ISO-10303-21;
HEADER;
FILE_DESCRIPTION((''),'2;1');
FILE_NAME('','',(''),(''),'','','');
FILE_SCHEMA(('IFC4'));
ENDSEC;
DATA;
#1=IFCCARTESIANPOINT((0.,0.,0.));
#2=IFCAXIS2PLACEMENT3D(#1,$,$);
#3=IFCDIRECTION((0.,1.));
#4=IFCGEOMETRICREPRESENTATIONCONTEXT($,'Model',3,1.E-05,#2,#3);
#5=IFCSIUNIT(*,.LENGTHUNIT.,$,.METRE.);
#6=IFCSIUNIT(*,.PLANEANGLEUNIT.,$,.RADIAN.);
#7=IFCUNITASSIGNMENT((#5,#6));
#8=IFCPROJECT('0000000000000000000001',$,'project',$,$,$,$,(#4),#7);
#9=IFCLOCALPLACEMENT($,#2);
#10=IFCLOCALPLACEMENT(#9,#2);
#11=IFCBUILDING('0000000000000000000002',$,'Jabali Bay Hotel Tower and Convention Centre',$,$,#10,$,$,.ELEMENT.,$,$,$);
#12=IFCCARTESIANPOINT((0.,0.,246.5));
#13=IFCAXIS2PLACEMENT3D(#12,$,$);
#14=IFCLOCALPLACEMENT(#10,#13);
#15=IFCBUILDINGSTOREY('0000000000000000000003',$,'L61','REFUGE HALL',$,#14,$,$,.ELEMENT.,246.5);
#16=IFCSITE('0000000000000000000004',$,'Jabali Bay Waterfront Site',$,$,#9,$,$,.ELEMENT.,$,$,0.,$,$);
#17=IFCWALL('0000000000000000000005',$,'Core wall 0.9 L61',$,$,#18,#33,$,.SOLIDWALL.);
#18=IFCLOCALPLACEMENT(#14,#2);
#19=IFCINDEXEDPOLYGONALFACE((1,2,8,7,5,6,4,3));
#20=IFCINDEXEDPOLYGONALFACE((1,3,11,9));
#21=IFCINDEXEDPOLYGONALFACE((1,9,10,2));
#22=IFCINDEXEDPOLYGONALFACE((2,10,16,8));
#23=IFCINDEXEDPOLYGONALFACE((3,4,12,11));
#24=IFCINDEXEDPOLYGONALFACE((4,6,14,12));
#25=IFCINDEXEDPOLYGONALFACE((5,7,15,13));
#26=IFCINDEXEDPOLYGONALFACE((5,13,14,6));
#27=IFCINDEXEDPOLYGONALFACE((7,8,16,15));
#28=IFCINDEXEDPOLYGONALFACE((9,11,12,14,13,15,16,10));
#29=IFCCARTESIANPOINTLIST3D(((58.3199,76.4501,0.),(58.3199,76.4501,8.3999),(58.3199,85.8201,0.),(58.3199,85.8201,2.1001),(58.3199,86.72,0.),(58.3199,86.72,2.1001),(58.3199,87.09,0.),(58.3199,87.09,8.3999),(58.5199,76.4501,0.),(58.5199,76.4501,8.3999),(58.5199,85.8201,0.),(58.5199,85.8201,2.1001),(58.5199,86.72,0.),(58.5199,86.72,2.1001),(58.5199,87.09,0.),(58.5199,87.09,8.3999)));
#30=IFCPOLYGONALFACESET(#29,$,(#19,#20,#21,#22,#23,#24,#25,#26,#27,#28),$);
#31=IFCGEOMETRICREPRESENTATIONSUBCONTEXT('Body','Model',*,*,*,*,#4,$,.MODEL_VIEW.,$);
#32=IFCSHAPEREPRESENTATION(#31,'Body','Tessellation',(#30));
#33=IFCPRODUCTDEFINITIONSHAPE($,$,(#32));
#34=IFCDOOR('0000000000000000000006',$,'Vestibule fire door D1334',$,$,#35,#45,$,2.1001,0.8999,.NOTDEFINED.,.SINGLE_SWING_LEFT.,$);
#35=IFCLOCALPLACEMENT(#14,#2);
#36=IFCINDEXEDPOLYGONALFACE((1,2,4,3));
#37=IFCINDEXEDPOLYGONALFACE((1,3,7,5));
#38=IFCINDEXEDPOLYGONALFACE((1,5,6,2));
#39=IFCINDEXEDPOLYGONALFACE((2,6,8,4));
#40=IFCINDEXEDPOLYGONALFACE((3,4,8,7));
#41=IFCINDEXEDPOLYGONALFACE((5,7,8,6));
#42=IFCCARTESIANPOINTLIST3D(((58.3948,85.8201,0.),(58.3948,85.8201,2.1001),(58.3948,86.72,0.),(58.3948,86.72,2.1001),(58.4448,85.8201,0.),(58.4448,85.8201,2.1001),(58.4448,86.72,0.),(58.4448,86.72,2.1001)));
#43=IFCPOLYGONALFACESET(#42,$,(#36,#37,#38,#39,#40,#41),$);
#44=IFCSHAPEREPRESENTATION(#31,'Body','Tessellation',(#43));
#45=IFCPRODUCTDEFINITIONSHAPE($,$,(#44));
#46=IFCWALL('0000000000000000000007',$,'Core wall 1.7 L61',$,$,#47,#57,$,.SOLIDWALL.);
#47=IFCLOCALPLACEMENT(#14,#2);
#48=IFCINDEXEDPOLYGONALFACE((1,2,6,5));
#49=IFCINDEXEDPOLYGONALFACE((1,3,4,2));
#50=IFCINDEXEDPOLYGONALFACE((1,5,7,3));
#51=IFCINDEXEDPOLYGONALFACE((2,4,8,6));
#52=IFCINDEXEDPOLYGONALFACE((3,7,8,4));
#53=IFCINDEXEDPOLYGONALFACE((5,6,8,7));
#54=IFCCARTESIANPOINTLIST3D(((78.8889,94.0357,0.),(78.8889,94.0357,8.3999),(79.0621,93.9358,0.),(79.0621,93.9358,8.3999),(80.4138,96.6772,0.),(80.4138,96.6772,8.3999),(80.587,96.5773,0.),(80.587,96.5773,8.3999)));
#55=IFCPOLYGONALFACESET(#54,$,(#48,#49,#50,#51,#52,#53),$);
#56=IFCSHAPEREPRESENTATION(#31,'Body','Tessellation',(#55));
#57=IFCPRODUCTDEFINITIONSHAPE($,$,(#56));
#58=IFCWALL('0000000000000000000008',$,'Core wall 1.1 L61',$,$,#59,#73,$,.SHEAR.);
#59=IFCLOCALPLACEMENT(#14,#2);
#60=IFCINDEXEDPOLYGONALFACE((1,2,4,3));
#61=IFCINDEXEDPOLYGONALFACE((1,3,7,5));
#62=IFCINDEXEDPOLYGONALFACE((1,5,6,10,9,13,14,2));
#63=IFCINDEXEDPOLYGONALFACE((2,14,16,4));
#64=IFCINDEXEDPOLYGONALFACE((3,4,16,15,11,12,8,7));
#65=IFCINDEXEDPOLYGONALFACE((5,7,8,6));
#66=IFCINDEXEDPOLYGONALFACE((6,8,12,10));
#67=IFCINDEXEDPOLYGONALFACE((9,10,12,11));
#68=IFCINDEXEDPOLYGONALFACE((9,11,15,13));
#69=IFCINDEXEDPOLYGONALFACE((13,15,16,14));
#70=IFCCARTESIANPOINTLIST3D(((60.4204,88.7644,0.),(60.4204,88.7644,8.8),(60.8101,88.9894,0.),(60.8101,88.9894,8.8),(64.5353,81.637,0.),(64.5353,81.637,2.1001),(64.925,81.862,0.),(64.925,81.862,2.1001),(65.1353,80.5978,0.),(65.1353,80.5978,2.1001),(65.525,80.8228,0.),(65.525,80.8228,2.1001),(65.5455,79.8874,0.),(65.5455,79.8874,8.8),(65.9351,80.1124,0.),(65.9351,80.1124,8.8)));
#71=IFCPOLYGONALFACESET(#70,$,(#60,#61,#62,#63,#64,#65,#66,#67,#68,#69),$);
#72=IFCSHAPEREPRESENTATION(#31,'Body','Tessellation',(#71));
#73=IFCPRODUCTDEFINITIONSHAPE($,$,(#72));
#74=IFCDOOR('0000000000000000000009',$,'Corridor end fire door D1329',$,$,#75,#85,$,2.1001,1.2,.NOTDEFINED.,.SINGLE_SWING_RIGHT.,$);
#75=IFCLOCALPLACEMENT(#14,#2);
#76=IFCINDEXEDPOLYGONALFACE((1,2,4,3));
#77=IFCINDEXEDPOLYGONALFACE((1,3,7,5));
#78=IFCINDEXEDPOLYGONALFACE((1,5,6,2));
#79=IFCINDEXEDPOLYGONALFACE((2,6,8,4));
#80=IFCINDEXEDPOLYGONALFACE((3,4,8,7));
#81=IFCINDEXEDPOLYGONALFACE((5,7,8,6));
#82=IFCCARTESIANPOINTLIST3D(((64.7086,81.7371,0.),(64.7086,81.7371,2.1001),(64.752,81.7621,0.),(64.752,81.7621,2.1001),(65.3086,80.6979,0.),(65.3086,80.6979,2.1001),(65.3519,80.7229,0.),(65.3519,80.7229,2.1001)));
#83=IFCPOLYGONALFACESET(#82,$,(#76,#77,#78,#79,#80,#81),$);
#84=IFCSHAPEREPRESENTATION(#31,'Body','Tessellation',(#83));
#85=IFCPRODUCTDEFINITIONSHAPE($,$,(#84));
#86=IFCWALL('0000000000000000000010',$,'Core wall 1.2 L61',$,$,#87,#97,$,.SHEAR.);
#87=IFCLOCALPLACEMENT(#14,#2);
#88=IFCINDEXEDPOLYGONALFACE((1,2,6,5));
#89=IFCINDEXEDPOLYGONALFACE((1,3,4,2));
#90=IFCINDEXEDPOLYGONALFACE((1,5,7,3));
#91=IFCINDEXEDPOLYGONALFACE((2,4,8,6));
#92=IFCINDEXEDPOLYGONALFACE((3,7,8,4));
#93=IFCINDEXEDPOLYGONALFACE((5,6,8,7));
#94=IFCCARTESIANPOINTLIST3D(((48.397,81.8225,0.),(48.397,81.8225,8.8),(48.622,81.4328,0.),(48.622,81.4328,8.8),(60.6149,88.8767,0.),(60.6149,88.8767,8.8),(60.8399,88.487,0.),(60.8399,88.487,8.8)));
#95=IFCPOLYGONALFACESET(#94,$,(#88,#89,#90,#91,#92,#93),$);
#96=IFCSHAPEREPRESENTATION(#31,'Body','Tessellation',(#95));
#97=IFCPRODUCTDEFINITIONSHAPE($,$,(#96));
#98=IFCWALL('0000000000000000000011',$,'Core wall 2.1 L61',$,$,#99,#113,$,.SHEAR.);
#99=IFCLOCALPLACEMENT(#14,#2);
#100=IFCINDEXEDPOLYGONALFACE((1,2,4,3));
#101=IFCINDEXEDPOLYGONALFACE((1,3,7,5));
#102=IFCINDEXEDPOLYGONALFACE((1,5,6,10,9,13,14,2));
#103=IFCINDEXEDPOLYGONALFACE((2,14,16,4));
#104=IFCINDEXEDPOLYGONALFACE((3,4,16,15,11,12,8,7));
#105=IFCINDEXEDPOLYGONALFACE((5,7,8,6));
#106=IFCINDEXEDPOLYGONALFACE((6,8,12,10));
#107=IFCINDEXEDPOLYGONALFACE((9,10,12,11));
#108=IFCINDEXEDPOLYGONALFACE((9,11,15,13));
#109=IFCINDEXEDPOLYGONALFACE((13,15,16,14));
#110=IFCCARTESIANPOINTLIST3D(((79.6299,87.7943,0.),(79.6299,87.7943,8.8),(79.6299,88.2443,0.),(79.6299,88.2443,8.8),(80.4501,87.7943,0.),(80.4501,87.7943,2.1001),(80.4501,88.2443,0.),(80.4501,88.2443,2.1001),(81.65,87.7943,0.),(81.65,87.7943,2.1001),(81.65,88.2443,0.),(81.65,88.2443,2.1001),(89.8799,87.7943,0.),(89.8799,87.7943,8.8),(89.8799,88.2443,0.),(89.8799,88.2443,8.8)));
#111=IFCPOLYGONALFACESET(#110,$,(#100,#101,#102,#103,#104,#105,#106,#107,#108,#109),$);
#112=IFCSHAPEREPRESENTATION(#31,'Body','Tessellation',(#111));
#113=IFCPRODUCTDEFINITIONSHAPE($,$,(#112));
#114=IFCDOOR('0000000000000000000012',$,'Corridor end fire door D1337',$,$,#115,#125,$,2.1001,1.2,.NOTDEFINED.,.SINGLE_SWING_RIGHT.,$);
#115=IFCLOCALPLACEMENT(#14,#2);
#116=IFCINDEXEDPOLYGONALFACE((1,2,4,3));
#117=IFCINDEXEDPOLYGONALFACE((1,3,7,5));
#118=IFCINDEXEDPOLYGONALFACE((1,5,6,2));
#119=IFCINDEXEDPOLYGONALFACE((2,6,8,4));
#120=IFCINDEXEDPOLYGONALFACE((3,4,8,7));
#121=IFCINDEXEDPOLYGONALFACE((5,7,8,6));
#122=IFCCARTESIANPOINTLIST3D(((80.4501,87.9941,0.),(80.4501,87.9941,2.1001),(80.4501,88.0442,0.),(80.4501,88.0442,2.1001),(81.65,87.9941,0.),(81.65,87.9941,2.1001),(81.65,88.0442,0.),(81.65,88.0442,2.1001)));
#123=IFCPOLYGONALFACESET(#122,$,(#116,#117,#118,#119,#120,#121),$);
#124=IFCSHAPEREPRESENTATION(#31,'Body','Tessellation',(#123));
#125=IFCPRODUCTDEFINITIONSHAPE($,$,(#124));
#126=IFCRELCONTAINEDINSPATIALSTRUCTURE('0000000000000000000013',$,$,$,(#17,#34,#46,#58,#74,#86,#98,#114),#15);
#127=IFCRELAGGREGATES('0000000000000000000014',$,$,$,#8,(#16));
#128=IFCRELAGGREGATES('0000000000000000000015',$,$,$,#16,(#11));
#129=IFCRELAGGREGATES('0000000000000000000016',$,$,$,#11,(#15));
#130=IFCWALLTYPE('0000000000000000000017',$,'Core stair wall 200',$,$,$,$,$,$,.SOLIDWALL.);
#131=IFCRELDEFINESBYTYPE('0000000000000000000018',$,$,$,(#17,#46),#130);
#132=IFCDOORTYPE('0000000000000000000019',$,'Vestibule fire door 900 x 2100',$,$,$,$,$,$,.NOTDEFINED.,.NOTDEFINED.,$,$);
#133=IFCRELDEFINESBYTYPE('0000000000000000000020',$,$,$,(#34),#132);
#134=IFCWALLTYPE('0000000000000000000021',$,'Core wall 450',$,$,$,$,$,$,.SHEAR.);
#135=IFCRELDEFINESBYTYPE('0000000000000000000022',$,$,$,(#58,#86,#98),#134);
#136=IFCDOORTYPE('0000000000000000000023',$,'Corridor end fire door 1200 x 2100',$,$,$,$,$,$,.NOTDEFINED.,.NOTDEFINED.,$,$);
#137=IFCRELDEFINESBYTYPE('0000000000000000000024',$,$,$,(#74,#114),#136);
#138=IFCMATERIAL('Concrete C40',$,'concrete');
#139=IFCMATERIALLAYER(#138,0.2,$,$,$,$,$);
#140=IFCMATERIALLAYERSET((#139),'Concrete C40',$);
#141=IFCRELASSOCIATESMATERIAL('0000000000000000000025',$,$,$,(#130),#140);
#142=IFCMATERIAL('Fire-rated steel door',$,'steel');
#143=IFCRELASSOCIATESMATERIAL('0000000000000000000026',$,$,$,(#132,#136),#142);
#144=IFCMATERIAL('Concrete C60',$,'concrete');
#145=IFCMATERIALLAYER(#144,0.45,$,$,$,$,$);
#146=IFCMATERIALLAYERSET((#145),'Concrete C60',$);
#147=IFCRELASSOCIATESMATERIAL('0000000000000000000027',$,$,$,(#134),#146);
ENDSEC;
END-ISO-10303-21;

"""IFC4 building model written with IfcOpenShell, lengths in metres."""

from ifc_helpers import new_model, si_unit, direction, frame, frame_2d, origin, place, context, subcontext, project, spatial, rectangle, extrude, material, layer, layer_set, type_object, element, fill, save


model = new_model("IFC4")

# Units and contexts
model_context = context("Model", 3, precision=1e-05, world=origin(), true_north=direction((0.0, 1.0)))
body_context = subcontext(model_context, "Body", "Model", "MODEL_VIEW")
ifc_project = project(units=[si_unit("LENGTHUNIT", "METRE"), si_unit("PLANEANGLEUNIT", "RADIAN")], contexts=[model_context])

# Site, building, storey
site_placement = place(None, origin())
site = spatial("IfcSite", under=ifc_project, at=site_placement, Name="Jabali Bay Waterfront Site", CompositionType="ELEMENT", RefElevation=0.0)
building_placement = place(site_placement, origin())
building = spatial("IfcBuilding", under=site, at=building_placement, Name="Jabali Bay Hotel Tower and Convention Centre", CompositionType="ELEMENT")
storey_placement = place(building_placement, frame((0.0, 0.0, 246.5)))
storey = spatial("IfcBuildingStorey", under=building, at=storey_placement, Name="L61", Description="REFUGE HALL", CompositionType="ELEMENT", Elevation=246.5)

# Shared definitions
ifc_material_1 = material(Name="Concrete C40", Category="concrete")
ifc_layer_1 = layer(ifc_material_1, 0.2)
ifc_layer_set_1 = layer_set([ifc_layer_1], Name="Concrete C40")
wall_type_1 = type_object("IfcWallType", Name="Core stair wall 200", PredefinedType="SOLIDWALL", material=ifc_layer_set_1)

# Shared definitions
ifc_material_2 = material(Name="Fire-rated steel door", Category="steel")

# Wall, opening, door
wall_1_placement = place(storey_placement, frame((58.4199, 87.0898, 0.0), z_axis=(0.0, 0.0, 1.0), x_axis=(0.0, -1.0, 0.0)))
wall_1 = element("IfcWall", 1, at=wall_1_placement, inside=storey, type_object=wall_type_1, Name="Core wall 0.9 L61", PredefinedType="SOLIDWALL", context=body_context, shape_type="SweptSolid", body=[
    extrude(rectangle(XDim=10.6399, YDim=0.2, at=frame_2d((5.3198, 0.0))), origin(), (0.0, 0.0, 1.0), 8.3999),
])
opening_1_placement = place(wall_1_placement, frame((0.3699, 0.0, 0.0)))
opening_1 = element("IfcOpeningElement", 2, at=opening_1_placement, cuts=wall_1, PredefinedType="OPENING", context=body_context, shape_type="SweptSolid", body=[
    extrude(rectangle(XDim=0.8999, YDim=2.1001, at=frame_2d((0.45, 1.05))), frame((0.0, 0.1104, 0.0), z_axis=(0.0, -1.0, 0.0), x_axis=(1.0, 0.0, 0.0)), (0.0, 0.0, 1.0), 0.2209),
])
door_type_1 = type_object("IfcDoorType", Name="Vestibule fire door 900 x 2100", OperationType="NOTDEFINED", PredefinedType="NOTDEFINED", material=ifc_material_2)
door_1_placement = place(opening_1_placement, origin())
door_1 = element("IfcDoor", 3, at=door_1_placement, inside=storey, type_object=door_type_1, Name="Vestibule fire door D1334", OperationType="SINGLE_SWING_LEFT", OverallHeight=2.1001, OverallWidth=0.8999, PredefinedType="NOTDEFINED", context=body_context, shape_type="SweptSolid", body=[
    extrude(rectangle(XDim=0.8999, YDim=2.1001, at=frame_2d((0.45, 1.05))), frame((0.0, 0.0249, 0.0), z_axis=(0.0, -1.0, 0.0), x_axis=(1.0, 0.0, 0.0)), (0.0, 0.0, 1.0), 0.05),
])
fill(opening_1, door_1)

# Wall
wall_2_placement = place(storey_placement, frame((78.9756, 93.9858, 0.0), z_axis=(0.0, 0.0, 1.0), x_axis=(0.499944, 0.866058, 0.0)))
element("IfcWall", 4, at=wall_2_placement, inside=storey, type_object=wall_type_1, Name="Core wall 1.7 L61", PredefinedType="SOLIDWALL", context=body_context, shape_type="SweptSolid", body=[
    extrude(rectangle(XDim=3.05, YDim=0.2, at=frame_2d((1.5249, 0.0))), origin(), (0.0, 0.0, 1.0), 8.3999),
])

# Wall, opening, door
ifc_material_3 = material(Name="Concrete C60", Category="concrete")
ifc_layer_2 = layer(ifc_material_3, 0.45)
ifc_layer_set_2 = layer_set([ifc_layer_2], Name="Concrete C60")
wall_type_2 = type_object("IfcWallType", Name="Core wall 450", PredefinedType="SHEAR", material=ifc_layer_set_2)
wall_3_placement = place(storey_placement, frame((65.7402, 80.0, 0.0), z_axis=(0.0, 0.0, 1.0), x_axis=(-0.499992, 0.86603, 0.0)))
wall_3 = element("IfcWall", 5, at=wall_3_placement, inside=storey, type_object=wall_type_2, Name="Core wall 1.1 L61", PredefinedType="SHEAR", context=body_context, shape_type="SweptSolid", body=[
    extrude(rectangle(XDim=10.2502, YDim=0.45, at=frame_2d((5.125, 0.0))), origin(), (0.0, 0.0, 1.0), 8.8),
])
opening_2_placement = place(wall_3_placement, frame((0.8201, 0.0, 0.0)))
opening_2 = element("IfcOpeningElement", 6, at=opening_2_placement, cuts=wall_3, PredefinedType="OPENING", context=body_context, shape_type="SweptSolid", body=[
    extrude(rectangle(XDim=1.2, YDim=2.1001, at=frame_2d((0.6001, 1.05))), frame((0.0, 0.2354, 0.0), z_axis=(0.0, -1.0, 0.0), x_axis=(1.0, 0.0, 0.0)), (0.0, 0.0, 1.0), 0.4709),
])
door_type_2 = type_object("IfcDoorType", Name="Corridor end fire door 1200 x 2100", OperationType="NOTDEFINED", PredefinedType="NOTDEFINED", material=ifc_material_2)
door_2_placement = place(opening_2_placement, origin())
door_2 = element("IfcDoor", 7, at=door_2_placement, inside=storey, type_object=door_type_2, Name="Corridor end fire door D1329", OperationType="SINGLE_SWING_RIGHT", OverallHeight=2.1001, OverallWidth=1.2, PredefinedType="NOTDEFINED", context=body_context, shape_type="SweptSolid", body=[
    extrude(rectangle(XDim=1.2, YDim=2.1001, at=frame_2d((0.6001, 1.05))), frame((0.0, 0.0249, 0.0), z_axis=(0.0, -1.0, 0.0), x_axis=(1.0, 0.0, 0.0)), (0.0, 0.0, 1.0), 0.05),
])
fill(opening_2, door_2)

# Wall
wall_4_placement = place(storey_placement, frame((60.7275, 88.6819, 0.0), z_axis=(0.0, 0.0, 1.0), x_axis=(-0.866022, -0.500007, 0.0)))
element("IfcWall", 8, at=wall_4_placement, inside=storey, type_object=wall_type_2, Name="Core wall 1.2 L61", PredefinedType="SHEAR", context=body_context, shape_type="SweptSolid", body=[
    extrude(rectangle(XDim=14.1082, YDim=0.45, at=frame_2d((7.0542, 0.0))), origin(), (0.0, 0.0, 1.0), 8.8),
])

# Wall, opening, door
wall_5_placement = place(storey_placement, frame((79.6299, 88.0193, 0.0), z_axis=(0.0, 0.0, 1.0), x_axis=(1.0, 0.0, 0.0)))
wall_5 = element("IfcWall", 9, at=wall_5_placement, inside=storey, type_object=wall_type_2, Name="Core wall 2.1 L61", PredefinedType="SHEAR", context=body_context, shape_type="SweptSolid", body=[
    extrude(rectangle(XDim=10.25, YDim=0.45, at=frame_2d((5.125, 0.0))), origin(), (0.0, 0.0, 1.0), 8.8),
])
opening_3_placement = place(wall_5_placement, frame((0.8201, 0.0, 0.0)))
opening_3 = element("IfcOpeningElement", 10, at=opening_3_placement, cuts=wall_5, PredefinedType="OPENING", context=body_context, shape_type="SweptSolid", body=[
    extrude(rectangle(XDim=1.2, YDim=2.1001, at=frame_2d((0.6001, 1.05))), frame((0.0, 0.2354, 0.0), z_axis=(0.0, -1.0, 0.0), x_axis=(1.0, 0.0, 0.0)), (0.0, 0.0, 1.0), 0.4709),
])
door_3_placement = place(opening_3_placement, origin())
door_3 = element("IfcDoor", 11, at=door_3_placement, inside=storey, type_object=door_type_2, Name="Corridor end fire door D1337", OperationType="SINGLE_SWING_RIGHT", OverallHeight=2.1001, OverallWidth=1.2, PredefinedType="NOTDEFINED", context=body_context, shape_type="SweptSolid", body=[
    extrude(rectangle(XDim=1.2, YDim=2.1001, at=frame_2d((0.6001, 1.05))), frame((0.0, 0.0249, 0.0), z_axis=(0.0, -1.0, 0.0), x_axis=(1.0, 0.0, 0.0)), (0.0, 0.0, 1.0), 0.05),
])
fill(opening_3, door_3)

save(model, "model.ifc")
